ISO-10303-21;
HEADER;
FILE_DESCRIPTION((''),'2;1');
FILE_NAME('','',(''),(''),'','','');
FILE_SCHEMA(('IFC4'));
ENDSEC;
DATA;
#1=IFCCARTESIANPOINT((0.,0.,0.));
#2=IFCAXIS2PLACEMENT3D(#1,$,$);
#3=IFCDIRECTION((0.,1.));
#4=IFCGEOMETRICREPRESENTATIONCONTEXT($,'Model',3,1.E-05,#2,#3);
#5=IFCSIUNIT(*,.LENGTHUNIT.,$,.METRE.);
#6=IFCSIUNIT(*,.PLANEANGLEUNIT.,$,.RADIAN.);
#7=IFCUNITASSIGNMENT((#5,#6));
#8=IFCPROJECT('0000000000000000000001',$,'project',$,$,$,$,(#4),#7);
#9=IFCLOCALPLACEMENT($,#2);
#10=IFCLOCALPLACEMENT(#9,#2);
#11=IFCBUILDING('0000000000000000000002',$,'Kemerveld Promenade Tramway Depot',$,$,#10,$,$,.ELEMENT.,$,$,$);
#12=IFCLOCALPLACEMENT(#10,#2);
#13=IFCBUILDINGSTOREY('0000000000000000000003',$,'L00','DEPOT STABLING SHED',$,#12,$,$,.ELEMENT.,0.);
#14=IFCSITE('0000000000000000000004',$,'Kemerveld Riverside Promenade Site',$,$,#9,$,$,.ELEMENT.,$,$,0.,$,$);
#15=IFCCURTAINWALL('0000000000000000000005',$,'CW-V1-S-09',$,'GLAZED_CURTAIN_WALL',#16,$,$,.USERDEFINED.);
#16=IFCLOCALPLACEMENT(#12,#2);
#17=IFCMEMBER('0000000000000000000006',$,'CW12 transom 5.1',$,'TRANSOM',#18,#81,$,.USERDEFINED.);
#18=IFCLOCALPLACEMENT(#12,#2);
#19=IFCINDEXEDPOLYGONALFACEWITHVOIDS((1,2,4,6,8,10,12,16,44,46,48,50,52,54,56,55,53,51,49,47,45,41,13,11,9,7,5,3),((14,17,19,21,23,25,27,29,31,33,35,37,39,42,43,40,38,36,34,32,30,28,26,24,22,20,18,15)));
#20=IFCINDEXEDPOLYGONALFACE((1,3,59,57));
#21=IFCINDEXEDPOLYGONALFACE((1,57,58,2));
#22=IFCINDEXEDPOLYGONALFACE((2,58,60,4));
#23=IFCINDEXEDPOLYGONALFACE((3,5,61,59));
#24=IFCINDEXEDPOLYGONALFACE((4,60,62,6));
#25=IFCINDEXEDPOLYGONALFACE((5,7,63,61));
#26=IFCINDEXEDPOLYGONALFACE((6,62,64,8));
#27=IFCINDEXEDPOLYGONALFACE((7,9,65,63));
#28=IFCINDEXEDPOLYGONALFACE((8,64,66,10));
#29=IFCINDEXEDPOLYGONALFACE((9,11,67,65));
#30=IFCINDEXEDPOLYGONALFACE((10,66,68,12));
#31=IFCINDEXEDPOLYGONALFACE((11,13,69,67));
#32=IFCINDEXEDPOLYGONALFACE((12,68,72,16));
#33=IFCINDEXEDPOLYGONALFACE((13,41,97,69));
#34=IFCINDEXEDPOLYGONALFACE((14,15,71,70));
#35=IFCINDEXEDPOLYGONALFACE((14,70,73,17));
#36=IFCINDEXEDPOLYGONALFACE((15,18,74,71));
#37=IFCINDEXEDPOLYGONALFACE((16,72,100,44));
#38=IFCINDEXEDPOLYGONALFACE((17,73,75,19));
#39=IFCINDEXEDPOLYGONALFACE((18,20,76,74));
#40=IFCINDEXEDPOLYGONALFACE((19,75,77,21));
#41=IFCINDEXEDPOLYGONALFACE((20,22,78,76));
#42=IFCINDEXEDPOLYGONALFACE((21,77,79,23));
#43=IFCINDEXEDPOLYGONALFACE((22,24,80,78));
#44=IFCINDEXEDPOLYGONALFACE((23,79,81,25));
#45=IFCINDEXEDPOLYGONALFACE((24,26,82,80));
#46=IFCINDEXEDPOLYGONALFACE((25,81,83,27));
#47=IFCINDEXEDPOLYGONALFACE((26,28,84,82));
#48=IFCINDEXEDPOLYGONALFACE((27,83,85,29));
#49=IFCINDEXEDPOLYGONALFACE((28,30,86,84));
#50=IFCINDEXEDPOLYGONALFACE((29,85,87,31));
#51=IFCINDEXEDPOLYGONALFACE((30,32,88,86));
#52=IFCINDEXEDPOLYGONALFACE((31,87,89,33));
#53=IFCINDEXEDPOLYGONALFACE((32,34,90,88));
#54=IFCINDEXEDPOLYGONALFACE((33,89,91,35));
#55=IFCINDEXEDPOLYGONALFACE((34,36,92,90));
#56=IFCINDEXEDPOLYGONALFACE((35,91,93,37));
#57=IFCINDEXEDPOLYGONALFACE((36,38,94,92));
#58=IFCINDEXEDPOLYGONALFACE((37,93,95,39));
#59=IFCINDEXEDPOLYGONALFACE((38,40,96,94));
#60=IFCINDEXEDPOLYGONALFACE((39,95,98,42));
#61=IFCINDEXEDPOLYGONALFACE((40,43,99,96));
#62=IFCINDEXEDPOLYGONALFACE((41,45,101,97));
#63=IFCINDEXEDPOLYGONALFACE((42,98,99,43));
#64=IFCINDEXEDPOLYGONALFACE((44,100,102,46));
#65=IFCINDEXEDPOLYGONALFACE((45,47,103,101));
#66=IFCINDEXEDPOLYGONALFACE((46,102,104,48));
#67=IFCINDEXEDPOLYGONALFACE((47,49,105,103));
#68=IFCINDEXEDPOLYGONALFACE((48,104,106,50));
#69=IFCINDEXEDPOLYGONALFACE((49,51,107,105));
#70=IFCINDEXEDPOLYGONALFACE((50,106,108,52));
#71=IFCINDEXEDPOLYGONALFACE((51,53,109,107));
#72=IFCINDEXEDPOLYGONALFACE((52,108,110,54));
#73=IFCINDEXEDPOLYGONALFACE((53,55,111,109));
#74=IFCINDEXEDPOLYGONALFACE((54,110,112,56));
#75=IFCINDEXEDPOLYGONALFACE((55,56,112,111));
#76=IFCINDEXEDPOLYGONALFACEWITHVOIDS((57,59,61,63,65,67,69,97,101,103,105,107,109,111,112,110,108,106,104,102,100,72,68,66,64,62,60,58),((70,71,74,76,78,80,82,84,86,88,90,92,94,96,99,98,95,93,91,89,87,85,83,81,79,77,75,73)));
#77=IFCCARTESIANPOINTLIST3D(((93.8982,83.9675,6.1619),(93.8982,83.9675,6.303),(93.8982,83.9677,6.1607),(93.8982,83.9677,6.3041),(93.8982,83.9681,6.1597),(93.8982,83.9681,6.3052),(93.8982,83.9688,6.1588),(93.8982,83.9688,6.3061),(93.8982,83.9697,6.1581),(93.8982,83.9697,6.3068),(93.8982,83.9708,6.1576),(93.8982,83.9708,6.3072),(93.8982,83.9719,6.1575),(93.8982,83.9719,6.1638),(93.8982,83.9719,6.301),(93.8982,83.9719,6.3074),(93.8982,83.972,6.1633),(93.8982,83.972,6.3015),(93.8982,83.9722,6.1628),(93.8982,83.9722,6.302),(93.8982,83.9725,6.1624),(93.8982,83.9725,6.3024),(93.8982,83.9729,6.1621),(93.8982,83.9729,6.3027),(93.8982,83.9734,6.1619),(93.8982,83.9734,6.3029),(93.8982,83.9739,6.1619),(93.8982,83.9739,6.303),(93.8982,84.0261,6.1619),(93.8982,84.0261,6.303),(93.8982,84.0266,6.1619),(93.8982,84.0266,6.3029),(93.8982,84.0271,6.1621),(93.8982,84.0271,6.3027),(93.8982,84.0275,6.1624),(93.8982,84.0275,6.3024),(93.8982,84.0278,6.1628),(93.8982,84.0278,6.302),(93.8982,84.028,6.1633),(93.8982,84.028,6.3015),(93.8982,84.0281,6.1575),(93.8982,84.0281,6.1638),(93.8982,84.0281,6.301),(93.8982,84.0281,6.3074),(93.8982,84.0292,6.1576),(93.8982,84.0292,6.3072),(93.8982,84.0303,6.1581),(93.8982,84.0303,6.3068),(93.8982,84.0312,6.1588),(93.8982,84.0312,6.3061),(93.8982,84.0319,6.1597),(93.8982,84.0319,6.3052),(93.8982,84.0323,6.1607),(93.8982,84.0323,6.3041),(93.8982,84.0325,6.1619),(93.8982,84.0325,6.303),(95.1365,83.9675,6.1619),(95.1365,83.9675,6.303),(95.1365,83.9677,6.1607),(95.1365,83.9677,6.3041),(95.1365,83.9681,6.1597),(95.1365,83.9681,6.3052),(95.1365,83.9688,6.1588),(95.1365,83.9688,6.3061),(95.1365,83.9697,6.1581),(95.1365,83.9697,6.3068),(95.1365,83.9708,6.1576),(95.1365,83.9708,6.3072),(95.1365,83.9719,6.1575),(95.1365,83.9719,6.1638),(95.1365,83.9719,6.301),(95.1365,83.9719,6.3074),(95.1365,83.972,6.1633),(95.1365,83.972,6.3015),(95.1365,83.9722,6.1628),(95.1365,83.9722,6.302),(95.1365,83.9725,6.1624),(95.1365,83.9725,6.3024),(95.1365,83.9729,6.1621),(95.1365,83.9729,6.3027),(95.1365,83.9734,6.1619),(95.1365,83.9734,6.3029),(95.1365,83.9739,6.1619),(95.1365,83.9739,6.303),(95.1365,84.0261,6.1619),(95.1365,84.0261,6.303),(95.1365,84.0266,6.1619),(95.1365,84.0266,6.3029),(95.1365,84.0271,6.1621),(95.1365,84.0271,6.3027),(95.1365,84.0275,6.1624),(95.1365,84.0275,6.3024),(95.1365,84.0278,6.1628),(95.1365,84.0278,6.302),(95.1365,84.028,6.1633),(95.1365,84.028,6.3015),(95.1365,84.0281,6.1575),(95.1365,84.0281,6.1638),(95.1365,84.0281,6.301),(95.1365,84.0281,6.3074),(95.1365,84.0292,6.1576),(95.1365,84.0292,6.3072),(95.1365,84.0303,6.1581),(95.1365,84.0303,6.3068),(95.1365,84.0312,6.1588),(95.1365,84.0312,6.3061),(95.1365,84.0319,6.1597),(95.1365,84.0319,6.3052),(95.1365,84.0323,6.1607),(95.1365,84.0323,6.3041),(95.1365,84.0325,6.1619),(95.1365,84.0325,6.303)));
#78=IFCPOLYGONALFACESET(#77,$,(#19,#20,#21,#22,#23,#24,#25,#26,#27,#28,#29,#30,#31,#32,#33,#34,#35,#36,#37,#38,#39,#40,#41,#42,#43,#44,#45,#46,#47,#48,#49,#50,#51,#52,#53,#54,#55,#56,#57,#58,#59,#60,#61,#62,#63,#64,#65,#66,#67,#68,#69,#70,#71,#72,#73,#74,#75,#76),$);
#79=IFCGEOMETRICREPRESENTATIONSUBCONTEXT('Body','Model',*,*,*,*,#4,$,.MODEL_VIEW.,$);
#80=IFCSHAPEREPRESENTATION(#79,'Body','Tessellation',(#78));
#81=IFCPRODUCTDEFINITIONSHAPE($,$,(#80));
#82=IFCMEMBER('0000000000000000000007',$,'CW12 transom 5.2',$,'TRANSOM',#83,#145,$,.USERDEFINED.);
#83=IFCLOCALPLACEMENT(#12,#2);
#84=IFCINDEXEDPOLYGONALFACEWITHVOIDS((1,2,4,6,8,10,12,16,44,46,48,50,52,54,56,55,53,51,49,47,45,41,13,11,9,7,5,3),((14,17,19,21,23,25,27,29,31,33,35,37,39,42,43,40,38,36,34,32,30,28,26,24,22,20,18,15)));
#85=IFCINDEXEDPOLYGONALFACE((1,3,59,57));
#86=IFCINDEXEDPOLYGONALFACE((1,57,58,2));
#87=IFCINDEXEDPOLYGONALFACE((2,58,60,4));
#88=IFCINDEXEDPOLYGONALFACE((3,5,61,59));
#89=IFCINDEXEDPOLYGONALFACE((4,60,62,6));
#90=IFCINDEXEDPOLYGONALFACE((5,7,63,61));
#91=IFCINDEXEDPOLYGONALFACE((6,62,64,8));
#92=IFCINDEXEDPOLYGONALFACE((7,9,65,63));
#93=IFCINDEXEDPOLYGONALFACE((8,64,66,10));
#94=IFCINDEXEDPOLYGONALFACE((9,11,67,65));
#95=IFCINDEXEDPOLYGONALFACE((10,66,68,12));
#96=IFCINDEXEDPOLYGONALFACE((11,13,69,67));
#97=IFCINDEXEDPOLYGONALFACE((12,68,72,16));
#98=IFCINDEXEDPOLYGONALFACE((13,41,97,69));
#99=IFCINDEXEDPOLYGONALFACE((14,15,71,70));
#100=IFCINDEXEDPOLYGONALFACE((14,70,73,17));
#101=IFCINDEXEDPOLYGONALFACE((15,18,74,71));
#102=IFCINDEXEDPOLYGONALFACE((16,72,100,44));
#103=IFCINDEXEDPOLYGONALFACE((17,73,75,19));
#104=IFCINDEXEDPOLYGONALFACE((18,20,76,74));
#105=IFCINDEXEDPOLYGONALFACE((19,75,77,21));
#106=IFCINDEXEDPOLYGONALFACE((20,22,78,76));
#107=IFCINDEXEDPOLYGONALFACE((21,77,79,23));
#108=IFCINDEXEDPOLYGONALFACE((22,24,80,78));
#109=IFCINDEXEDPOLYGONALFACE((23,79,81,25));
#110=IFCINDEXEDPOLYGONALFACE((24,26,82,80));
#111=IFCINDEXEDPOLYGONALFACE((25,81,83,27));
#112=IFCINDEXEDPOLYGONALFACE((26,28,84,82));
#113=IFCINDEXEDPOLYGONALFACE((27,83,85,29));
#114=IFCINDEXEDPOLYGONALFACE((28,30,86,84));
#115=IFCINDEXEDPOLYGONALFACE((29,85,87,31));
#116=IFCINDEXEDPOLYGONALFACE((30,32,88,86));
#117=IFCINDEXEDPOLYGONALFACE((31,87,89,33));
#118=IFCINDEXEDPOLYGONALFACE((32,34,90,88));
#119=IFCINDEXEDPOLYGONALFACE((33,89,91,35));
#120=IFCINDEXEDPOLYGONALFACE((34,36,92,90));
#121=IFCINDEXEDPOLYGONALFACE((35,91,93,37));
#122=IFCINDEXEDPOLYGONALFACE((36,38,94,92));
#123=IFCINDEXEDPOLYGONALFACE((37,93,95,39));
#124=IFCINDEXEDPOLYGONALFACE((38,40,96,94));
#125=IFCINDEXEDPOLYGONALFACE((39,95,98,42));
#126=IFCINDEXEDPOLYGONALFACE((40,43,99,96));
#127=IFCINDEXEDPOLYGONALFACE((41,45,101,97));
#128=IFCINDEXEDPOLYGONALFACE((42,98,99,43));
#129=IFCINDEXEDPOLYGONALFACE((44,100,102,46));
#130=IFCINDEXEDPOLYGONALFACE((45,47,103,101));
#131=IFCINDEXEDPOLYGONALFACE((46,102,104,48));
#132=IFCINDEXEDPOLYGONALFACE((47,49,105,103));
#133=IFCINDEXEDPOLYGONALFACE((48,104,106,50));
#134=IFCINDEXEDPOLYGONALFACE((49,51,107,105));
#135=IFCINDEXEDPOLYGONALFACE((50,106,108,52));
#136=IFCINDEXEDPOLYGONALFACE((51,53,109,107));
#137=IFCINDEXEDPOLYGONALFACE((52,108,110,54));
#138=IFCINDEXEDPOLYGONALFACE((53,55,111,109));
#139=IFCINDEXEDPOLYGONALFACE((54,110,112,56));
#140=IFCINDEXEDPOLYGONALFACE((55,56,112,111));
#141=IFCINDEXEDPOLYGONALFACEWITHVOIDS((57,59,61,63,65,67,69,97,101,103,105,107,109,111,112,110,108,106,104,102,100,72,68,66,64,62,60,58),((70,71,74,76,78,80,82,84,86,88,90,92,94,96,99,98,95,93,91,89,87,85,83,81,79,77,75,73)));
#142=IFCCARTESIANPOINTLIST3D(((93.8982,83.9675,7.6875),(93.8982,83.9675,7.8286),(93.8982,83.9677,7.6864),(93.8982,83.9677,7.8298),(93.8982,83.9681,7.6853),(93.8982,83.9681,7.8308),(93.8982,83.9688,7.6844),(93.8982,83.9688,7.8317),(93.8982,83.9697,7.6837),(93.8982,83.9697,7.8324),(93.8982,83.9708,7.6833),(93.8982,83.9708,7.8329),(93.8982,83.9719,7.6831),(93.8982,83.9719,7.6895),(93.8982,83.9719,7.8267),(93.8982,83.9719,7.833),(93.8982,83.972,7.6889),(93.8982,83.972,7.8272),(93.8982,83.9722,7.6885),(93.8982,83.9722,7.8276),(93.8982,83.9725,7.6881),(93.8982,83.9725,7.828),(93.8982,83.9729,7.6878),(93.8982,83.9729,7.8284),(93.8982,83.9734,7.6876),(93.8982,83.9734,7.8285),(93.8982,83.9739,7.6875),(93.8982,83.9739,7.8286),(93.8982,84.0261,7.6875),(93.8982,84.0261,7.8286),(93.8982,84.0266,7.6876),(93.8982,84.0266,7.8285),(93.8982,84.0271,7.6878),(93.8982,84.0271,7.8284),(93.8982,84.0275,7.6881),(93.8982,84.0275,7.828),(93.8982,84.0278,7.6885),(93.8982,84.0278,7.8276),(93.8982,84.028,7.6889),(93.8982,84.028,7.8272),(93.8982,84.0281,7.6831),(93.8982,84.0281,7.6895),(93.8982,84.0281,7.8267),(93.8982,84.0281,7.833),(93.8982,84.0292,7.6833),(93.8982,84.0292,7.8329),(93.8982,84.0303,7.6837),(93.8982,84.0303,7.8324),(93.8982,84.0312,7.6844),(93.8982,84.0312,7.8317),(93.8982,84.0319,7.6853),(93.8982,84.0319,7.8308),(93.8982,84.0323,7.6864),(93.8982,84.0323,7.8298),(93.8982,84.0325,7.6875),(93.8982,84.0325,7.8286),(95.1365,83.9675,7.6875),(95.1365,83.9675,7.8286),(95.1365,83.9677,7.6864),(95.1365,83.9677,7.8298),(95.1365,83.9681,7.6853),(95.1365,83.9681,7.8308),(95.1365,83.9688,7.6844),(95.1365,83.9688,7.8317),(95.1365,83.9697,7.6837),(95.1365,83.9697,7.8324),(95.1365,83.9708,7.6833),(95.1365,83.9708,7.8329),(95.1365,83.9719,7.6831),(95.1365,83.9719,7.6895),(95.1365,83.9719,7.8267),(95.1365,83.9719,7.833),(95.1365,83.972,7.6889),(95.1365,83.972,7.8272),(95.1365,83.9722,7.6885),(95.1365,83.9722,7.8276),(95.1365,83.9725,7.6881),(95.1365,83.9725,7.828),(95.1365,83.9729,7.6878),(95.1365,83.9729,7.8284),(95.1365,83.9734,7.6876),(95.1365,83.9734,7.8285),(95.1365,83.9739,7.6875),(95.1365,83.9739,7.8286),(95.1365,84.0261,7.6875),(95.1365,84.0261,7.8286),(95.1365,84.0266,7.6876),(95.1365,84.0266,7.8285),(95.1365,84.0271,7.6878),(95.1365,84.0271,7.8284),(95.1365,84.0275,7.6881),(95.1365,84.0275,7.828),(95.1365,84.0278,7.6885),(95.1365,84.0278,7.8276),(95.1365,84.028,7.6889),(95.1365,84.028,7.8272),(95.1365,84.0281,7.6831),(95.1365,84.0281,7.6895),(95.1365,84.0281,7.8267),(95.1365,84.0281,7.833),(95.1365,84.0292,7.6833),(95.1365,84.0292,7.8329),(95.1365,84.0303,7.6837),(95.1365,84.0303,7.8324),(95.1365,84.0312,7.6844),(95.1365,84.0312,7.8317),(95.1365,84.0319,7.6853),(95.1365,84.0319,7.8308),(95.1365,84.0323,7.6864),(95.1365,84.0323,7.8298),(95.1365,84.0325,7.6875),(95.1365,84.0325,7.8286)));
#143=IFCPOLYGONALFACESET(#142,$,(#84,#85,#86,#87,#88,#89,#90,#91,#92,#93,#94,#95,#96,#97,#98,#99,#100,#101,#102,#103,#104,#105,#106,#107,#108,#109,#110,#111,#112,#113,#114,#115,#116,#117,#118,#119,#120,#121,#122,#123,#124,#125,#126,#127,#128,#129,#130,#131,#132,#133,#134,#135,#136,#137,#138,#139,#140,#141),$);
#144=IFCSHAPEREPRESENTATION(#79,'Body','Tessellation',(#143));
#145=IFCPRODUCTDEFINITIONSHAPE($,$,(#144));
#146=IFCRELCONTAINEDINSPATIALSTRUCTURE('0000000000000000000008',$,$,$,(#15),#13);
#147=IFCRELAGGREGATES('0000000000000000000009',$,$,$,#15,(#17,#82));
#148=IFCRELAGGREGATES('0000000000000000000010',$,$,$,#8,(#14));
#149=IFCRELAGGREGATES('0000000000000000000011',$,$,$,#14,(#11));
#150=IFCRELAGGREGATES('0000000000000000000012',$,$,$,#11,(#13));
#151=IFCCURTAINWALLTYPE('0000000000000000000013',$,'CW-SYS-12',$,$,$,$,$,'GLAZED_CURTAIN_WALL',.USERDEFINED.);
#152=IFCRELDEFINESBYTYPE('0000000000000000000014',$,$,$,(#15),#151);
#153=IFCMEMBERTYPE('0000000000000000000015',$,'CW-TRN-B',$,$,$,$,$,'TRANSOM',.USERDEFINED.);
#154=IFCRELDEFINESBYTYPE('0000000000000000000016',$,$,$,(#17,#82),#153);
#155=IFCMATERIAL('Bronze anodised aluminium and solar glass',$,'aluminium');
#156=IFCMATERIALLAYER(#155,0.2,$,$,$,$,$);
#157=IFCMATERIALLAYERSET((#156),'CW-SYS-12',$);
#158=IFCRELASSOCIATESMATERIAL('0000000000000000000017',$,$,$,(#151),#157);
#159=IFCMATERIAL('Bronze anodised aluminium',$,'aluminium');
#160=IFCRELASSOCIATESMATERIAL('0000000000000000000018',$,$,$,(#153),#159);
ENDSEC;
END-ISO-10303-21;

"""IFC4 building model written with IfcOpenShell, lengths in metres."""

from ifc_helpers import new_model, si_unit, direction, frame, origin, origin_2d, place, context, subcontext, project, spatial, hollow_rectangle, extrude, material, layer, layer_set, material_profile, profile_set, type_object, element, aggregate, save


model = new_model("IFC4")

# Units and contexts
model_context = context("Model", 3, precision=1e-05, world=origin(), true_north=direction((0.0, 1.0)))
body_context = subcontext(model_context, "Body", "Model", "MODEL_VIEW")
ifc_project = project(units=[si_unit("LENGTHUNIT", "METRE"), si_unit("PLANEANGLEUNIT", "RADIAN")], contexts=[model_context])

# Site, building, storey
site_placement = place(None, origin())
site = spatial("IfcSite", under=ifc_project, at=site_placement, Name="Kemerveld Riverside Promenade Site", CompositionType="ELEMENT", RefElevation=0.0)
building_placement = place(site_placement, origin())
building = spatial("IfcBuilding", under=site, at=building_placement, Name="Kemerveld Promenade Tramway Depot", CompositionType="ELEMENT")
storey_placement = place(building_placement, origin())
storey = spatial("IfcBuildingStorey", under=building, at=storey_placement, Name="L00", Description="DEPOT STABLING SHED", CompositionType="ELEMENT", Elevation=0.0)

# Curtain wall, members
ifc_material_1 = material(Name="Bronze anodised aluminium and solar glass", Category="aluminium")
ifc_layer_1 = layer(ifc_material_1, 0.2)
ifc_layer_set_1 = layer_set([ifc_layer_1], Name="CW-SYS-12")
curtain_wall_type = type_object("IfcCurtainWallType", Name="CW-SYS-12", ElementType="GLAZED_CURTAIN_WALL", PredefinedType="USERDEFINED", material=ifc_layer_set_1)
curtain_wall_placement = place(storey_placement, origin())
curtain_wall = element("IfcCurtainWall", 1, at=curtain_wall_placement, inside=storey, type_object=curtain_wall_type, Name="CW-V1-S-09", ObjectType="GLAZED_CURTAIN_WALL", PredefinedType="USERDEFINED")
ifc_material_2 = material(Name="Bronze anodised aluminium", Category="aluminium")
ifc_material_profile_1 = material_profile(ifc_material_2, hollow_rectangle(XDim=0.0649, YDim=0.1499, WallThickness=0.0044, InnerFilletRadius=0.002, OuterFilletRadius=0.0044, at=origin_2d()), Name="CW-TRN-150x65")
ifc_profile_set_1 = profile_set([ifc_material_profile_1], Name="Bronze anodised aluminium")
member_type_1 = type_object("IfcMemberType", Name="CW-TRN-B", ElementType="TRANSOM", PredefinedType="USERDEFINED", material=ifc_profile_set_1)
member_1_placement = place(storey_placement, frame((95.1365, 84.0, 6.2324), z_axis=(-1.0, 0.0, 0.0), x_axis=(0.0, -1.0, 0.0)))
member_1 = element("IfcMember", 2, at=member_1_placement, type_object=member_type_1, Name="CW12 transom 5.1", ObjectType="TRANSOM", PredefinedType="USERDEFINED", context=body_context, shape_type="SweptSolid", body=[
    extrude(hollow_rectangle(XDim=0.0649, YDim=0.1499, WallThickness=0.0044, InnerFilletRadius=0.002, OuterFilletRadius=0.0044, at=origin_2d()), origin(), (0.0, 0.0, 1.0), 1.2383),
])
member_2_placement = place(storey_placement, frame((95.1365, 84.0, 7.7581), z_axis=(-1.0, 0.0, 0.0), x_axis=(0.0, -1.0, 0.0)))
member_2 = element("IfcMember", 3, at=member_2_placement, type_object=member_type_1, Name="CW12 transom 5.2", ObjectType="TRANSOM", PredefinedType="USERDEFINED", context=body_context, shape_type="SweptSolid", body=[
    extrude(hollow_rectangle(XDim=0.0649, YDim=0.1499, WallThickness=0.0044, InnerFilletRadius=0.002, OuterFilletRadius=0.0044, at=origin_2d()), origin(), (0.0, 0.0, 1.0), 1.2383),
])
aggregate(curtain_wall, [member_1, member_2])

save(model, "model.ifc")
